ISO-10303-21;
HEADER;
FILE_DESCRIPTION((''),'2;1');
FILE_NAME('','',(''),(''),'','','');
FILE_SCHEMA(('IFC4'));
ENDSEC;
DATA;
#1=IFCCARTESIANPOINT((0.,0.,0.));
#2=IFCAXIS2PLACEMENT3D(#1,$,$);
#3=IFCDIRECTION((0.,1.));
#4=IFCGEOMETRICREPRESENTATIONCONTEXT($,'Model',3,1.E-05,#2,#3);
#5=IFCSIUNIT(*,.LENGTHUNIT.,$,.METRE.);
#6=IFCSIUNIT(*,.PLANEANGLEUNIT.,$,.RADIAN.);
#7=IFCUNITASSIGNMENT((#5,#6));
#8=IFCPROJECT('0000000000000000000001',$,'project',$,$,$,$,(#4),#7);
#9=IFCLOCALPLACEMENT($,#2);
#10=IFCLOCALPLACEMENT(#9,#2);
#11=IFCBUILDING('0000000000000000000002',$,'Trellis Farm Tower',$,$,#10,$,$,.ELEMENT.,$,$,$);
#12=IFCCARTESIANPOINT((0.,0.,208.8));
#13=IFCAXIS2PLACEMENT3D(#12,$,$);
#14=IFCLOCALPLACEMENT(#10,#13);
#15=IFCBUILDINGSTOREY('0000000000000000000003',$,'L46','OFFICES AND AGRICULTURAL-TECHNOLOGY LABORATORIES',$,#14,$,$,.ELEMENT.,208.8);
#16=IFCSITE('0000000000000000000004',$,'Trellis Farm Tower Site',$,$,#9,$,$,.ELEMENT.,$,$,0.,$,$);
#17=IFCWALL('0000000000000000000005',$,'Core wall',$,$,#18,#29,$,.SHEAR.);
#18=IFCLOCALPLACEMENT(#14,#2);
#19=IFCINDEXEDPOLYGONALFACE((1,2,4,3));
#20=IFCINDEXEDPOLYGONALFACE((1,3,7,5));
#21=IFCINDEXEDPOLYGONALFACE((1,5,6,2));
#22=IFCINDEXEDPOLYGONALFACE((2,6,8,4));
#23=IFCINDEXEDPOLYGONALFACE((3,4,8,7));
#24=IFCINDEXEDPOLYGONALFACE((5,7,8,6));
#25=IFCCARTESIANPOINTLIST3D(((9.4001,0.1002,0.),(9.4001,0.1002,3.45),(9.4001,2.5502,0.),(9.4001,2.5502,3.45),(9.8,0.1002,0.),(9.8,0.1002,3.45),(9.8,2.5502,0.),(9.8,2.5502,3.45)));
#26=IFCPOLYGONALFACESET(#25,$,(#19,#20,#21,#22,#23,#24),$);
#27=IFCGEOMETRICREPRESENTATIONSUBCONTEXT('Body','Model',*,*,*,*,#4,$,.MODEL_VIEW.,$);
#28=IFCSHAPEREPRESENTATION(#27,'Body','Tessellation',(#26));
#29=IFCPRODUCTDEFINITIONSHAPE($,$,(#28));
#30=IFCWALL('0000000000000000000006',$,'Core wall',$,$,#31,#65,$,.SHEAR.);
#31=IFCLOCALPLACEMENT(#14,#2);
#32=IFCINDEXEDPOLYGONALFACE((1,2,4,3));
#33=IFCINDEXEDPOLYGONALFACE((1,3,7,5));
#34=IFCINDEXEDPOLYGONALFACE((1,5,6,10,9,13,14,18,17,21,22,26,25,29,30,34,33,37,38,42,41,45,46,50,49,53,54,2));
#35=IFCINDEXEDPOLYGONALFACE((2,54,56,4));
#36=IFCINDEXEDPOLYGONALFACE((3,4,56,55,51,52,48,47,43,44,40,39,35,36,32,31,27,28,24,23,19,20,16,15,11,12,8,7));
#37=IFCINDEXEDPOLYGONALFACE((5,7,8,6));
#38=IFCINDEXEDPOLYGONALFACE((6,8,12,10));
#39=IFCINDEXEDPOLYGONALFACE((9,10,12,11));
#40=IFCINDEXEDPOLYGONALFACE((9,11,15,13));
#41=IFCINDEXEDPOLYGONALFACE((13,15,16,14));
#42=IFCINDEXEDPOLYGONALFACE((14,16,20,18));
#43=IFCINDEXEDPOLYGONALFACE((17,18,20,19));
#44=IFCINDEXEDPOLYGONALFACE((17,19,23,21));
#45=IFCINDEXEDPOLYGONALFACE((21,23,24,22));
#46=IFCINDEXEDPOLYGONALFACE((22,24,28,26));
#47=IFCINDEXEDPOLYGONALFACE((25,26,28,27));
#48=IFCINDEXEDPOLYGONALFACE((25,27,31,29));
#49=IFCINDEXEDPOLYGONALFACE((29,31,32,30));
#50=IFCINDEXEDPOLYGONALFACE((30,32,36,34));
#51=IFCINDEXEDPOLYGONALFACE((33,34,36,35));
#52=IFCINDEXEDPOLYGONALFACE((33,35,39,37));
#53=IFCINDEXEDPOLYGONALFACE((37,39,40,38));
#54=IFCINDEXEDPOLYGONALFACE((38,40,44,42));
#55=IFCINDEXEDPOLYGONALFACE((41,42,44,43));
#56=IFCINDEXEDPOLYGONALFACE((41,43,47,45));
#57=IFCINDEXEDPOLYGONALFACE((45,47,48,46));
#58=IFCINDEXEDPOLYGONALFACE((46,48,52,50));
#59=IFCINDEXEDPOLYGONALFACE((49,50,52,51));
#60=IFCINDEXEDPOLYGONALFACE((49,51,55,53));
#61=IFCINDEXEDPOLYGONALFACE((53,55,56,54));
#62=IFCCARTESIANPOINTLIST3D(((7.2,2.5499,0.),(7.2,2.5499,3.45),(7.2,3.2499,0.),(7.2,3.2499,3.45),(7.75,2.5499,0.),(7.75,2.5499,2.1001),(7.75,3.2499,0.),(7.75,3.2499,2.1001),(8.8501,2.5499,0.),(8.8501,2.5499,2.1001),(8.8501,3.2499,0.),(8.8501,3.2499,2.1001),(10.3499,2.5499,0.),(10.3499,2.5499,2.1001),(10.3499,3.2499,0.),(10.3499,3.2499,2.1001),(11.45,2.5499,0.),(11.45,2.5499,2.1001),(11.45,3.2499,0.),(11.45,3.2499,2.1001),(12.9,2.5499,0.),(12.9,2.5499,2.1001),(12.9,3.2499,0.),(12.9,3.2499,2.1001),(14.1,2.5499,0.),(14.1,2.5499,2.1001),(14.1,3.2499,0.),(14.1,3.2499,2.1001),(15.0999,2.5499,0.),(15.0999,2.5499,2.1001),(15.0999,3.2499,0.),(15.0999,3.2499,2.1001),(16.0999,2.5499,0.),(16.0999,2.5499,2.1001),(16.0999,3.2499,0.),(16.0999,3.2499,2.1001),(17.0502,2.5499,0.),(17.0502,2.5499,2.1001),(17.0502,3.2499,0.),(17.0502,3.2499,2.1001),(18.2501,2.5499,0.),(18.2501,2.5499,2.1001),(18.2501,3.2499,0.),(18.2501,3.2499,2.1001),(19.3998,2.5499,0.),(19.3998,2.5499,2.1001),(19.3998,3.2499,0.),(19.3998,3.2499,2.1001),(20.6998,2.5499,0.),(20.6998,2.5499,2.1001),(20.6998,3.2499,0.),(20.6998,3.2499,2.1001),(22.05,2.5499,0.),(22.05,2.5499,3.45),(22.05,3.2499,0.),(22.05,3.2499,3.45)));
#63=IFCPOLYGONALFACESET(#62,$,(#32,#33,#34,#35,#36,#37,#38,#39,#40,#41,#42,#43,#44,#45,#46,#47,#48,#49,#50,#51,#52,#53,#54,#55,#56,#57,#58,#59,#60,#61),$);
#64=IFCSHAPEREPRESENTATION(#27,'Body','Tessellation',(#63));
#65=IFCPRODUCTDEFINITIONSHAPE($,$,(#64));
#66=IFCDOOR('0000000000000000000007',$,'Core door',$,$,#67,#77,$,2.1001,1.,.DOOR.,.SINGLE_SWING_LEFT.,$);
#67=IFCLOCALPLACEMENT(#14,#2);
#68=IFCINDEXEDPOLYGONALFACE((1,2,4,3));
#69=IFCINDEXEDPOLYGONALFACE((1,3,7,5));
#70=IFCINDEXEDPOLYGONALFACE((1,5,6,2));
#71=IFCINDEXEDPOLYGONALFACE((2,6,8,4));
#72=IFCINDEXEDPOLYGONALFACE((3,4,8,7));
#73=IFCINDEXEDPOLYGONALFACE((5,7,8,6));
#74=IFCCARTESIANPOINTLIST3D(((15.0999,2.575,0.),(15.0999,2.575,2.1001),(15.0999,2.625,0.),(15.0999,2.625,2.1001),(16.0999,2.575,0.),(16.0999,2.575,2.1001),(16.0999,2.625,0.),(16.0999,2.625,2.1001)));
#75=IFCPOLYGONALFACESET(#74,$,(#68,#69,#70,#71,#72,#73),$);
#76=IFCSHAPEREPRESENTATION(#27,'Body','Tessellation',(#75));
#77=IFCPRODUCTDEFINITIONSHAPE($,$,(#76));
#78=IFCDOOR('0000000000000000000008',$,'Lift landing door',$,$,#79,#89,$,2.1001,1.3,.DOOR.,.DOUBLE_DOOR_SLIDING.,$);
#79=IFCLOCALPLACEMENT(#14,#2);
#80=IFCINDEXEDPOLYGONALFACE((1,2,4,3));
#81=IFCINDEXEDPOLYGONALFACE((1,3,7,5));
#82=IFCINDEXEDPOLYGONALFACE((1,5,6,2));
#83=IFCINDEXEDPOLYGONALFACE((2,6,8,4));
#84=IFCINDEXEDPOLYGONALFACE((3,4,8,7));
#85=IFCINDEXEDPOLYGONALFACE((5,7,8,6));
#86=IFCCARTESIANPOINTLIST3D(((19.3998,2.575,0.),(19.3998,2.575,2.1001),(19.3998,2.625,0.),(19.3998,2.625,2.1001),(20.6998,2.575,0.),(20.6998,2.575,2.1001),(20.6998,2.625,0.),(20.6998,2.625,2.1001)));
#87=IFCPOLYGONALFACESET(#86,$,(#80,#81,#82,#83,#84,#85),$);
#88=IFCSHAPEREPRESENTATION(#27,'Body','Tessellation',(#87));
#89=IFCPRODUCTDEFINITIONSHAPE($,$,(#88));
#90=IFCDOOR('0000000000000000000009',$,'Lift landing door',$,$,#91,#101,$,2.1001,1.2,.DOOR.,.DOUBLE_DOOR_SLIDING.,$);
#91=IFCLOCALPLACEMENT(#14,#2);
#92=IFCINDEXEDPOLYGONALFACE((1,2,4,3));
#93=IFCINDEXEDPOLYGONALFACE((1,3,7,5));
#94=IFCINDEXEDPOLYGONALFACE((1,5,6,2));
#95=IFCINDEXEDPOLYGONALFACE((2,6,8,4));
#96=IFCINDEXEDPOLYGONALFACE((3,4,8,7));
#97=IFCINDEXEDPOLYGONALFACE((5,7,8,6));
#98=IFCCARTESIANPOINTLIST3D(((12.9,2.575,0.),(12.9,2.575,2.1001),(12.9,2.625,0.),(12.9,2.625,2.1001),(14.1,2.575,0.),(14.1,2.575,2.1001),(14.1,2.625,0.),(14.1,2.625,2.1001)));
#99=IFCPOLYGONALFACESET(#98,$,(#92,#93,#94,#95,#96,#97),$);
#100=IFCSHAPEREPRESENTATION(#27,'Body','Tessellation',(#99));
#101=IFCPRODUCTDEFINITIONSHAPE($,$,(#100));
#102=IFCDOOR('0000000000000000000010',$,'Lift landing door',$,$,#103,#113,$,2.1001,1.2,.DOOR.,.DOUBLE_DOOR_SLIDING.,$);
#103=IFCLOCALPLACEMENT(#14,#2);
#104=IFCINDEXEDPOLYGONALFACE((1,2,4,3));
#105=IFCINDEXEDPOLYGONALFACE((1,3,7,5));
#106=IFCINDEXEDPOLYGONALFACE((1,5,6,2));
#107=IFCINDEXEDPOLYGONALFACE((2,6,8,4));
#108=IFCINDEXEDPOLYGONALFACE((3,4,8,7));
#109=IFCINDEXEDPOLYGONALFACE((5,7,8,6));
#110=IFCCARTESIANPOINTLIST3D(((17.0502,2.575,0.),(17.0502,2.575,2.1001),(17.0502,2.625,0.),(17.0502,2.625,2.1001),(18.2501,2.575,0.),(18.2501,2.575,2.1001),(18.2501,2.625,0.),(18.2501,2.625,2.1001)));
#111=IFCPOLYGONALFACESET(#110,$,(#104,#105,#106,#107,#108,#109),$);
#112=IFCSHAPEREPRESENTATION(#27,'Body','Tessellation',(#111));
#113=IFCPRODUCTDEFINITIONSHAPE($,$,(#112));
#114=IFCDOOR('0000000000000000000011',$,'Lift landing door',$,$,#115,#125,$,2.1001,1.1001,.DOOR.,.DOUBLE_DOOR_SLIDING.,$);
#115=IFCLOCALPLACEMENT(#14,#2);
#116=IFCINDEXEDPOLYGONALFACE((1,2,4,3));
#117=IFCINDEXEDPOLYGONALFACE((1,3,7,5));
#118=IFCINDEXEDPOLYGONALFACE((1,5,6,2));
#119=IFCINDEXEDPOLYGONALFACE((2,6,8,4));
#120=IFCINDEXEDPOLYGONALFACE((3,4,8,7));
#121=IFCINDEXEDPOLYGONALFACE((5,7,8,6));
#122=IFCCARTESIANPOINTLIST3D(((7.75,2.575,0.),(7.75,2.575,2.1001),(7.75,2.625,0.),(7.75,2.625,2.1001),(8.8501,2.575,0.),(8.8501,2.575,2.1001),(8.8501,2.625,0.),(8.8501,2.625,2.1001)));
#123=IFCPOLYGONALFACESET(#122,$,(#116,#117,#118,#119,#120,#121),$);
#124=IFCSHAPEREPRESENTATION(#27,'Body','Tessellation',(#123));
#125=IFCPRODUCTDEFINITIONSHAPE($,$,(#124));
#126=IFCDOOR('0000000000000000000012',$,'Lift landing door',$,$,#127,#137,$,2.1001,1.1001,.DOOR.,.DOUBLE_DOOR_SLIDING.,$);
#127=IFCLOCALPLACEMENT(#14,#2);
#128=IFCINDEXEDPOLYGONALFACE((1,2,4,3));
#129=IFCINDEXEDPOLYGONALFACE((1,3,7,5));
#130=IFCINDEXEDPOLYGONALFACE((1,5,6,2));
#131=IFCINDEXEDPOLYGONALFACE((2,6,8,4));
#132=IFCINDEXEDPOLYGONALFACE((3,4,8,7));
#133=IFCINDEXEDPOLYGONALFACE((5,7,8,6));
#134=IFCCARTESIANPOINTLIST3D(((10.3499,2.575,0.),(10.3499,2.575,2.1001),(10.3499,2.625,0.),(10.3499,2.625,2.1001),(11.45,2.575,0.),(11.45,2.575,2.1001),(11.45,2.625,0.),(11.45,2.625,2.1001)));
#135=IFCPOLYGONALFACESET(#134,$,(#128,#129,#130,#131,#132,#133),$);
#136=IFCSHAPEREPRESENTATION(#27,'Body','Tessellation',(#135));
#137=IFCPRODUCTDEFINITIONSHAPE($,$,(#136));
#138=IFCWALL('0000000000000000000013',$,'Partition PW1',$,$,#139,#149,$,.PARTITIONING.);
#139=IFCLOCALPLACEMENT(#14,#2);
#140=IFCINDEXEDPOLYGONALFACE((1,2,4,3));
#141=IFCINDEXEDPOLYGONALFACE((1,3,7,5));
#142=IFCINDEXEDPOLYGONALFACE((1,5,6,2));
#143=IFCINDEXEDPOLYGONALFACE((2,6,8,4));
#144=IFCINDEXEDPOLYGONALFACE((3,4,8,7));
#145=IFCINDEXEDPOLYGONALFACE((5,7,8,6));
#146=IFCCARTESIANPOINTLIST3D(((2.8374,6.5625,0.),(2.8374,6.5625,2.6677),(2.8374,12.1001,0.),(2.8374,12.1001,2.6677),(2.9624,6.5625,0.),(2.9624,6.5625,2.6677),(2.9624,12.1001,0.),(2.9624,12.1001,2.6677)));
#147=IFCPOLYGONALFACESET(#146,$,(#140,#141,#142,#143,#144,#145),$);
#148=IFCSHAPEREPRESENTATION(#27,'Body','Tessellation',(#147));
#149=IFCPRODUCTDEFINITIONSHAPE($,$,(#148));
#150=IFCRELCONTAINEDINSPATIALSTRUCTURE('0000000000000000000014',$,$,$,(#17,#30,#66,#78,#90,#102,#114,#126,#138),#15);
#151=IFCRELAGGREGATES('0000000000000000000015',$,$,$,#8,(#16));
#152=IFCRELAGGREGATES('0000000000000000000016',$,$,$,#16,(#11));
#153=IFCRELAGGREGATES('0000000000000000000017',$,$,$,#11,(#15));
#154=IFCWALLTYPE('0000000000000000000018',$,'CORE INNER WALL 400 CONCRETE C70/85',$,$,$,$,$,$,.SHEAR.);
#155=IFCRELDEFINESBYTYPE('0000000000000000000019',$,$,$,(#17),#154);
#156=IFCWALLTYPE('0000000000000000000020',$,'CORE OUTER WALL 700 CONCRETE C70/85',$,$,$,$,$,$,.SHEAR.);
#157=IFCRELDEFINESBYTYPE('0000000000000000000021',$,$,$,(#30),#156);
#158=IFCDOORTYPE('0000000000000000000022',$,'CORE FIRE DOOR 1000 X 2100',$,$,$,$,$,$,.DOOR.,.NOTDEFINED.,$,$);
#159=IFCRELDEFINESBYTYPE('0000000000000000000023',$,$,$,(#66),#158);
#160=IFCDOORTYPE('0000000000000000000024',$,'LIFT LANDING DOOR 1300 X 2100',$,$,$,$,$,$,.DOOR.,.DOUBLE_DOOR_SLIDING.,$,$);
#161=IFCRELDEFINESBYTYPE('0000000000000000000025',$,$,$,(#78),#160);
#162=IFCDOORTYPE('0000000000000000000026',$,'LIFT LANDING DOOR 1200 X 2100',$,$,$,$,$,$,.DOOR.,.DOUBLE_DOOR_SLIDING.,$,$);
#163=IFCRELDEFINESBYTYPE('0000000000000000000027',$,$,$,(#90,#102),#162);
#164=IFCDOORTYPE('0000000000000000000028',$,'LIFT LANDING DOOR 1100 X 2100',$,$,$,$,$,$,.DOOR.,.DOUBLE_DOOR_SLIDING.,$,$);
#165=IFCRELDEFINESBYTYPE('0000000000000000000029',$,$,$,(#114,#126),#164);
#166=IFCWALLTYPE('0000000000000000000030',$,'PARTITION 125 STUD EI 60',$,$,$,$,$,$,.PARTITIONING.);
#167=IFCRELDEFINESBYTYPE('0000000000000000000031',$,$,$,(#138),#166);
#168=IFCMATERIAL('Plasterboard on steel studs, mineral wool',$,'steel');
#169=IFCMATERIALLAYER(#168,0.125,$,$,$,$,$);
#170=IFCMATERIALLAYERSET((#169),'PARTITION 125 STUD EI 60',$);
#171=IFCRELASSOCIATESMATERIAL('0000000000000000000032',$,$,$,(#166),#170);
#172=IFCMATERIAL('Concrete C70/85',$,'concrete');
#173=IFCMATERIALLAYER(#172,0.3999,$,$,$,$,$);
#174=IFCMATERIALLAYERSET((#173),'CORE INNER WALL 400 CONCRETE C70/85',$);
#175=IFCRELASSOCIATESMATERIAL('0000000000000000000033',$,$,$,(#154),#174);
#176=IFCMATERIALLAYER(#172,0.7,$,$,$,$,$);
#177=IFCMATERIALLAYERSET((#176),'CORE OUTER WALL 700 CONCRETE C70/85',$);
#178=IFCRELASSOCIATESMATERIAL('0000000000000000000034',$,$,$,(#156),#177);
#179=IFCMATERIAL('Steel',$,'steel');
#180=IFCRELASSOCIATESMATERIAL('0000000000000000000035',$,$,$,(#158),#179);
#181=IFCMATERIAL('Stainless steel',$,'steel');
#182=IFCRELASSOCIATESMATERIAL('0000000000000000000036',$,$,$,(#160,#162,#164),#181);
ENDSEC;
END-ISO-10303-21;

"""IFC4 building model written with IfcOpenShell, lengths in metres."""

from ifc_helpers import new_model, si_unit, direction, frame, frame_2d, origin, place, context, subcontext, project, spatial, rectangle, extrude, source, transform, mapped, material, layer, layer_set, type_object, element, fill, save


model = new_model("IFC4")

# Units and contexts
model_context = context("Model", 3, precision=1e-05, world=origin(), true_north=direction((0.0, 1.0)))
body_context = subcontext(model_context, "Body", "Model", "MODEL_VIEW")
ifc_project = project(units=[si_unit("LENGTHUNIT", "METRE"), si_unit("PLANEANGLEUNIT", "RADIAN")], contexts=[model_context])

# Site, building, storey
site_placement = place(None, origin())
site = spatial("IfcSite", under=ifc_project, at=site_placement, Name="Trellis Farm Tower Site", CompositionType="ELEMENT", RefElevation=0.0)
building_placement = place(site_placement, origin())
building = spatial("IfcBuilding", under=site, at=building_placement, Name="Trellis Farm Tower", CompositionType="ELEMENT")
storey_placement = place(building_placement, frame((0.0, 0.0, 208.8)))
storey = spatial("IfcBuildingStorey", under=building, at=storey_placement, Name="L46", Description="OFFICES AND AGRICULTURAL-TECHNOLOGY LABORATORIES", CompositionType="ELEMENT", Elevation=208.8)

# Shared definitions
ifc_material_1 = material(Name="Concrete C70/85", Category="concrete")

# Shared definitions
ifc_material_2 = material(Name="Plasterboard on steel studs, mineral wool", Category="steel")
ifc_layer_1 = layer(ifc_material_2, 0.125)
ifc_layer_set_1 = layer_set([ifc_layer_1], Name="PARTITION 125 STUD EI 60")
wall_type_1 = type_object("IfcWallType", Name="PARTITION 125 STUD EI 60", PredefinedType="PARTITIONING", material=ifc_layer_set_1)

# Wall
ifc_layer_2 = layer(ifc_material_1, 0.3999)
ifc_layer_set_2 = layer_set([ifc_layer_2], Name="CORE INNER WALL 400 CONCRETE C70/85")
wall_type_2 = type_object("IfcWallType", Name="CORE INNER WALL 400 CONCRETE C70/85", PredefinedType="SHEAR", material=ifc_layer_set_2)
shared_shape_1 = source(origin(), body_context, "Body", "SweptSolid", [
    extrude(rectangle(XDim=2.45, YDim=0.3999, at=frame_2d((1.2251, 0.0))), origin(), (0.0, 0.0, 1.0), 3.45),
])
wall_1_placement = place(storey_placement, frame((9.6001, 0.1001, 0.0), z_axis=(0.0, 0.0, 1.0), x_axis=(0.0, 1.0, 0.0)))
element("IfcWall", 1, at=wall_1_placement, inside=storey, type_object=wall_type_2, Name="Core wall", PredefinedType="SHEAR", context=body_context, shape_type="MappedRepresentation", body=[
    mapped(shared_shape_1, transform((0.0, 0.0, 0.0))),
])

# Wall, openings, doors
ifc_layer_3 = layer(ifc_material_1, 0.7)
ifc_layer_set_3 = layer_set([ifc_layer_3], Name="CORE OUTER WALL 700 CONCRETE C70/85")
wall_type_3 = type_object("IfcWallType", Name="CORE OUTER WALL 700 CONCRETE C70/85", PredefinedType="SHEAR", material=ifc_layer_set_3)
shared_shape_2 = source(origin(), body_context, "Body", "SweptSolid", [
    extrude(rectangle(XDim=14.8501, YDim=0.7, at=frame_2d((7.425, 0.0))), origin(), (0.0, 0.0, 1.0), 3.45),
])
wall_2_placement = place(storey_placement, frame((7.2, 2.8999, 0.0), z_axis=(0.0, 0.0, 1.0), x_axis=(1.0, 0.0, 0.0)))
wall_2 = element("IfcWall", 2, at=wall_2_placement, inside=storey, type_object=wall_type_3, Name="Core wall", PredefinedType="SHEAR", context=body_context, shape_type="MappedRepresentation", body=[
    mapped(shared_shape_2, transform((0.0, 0.0, 0.0))),
])
shared_shape_3 = source(origin(), body_context, "Body", "SweptSolid", [
    extrude(rectangle(XDim=1.1001, YDim=2.1001, at=frame_2d((0.55, 1.05))), frame((0.0, 0.3601, 0.0), z_axis=(0.0, -1.0, 0.0), x_axis=(1.0, 0.0, 0.0)), (0.0, 0.0, 1.0), 0.7202),
])
opening_1_placement = place(wall_2_placement, frame((0.55, 0.0, 0.0)))
opening_1 = element("IfcOpeningElement", 3, at=opening_1_placement, cuts=wall_2, PredefinedType="OPENING", context=body_context, shape_type="MappedRepresentation", body=[
    mapped(shared_shape_3, transform((0.0, 0.0, 0.0))),
])
opening_2_placement = place(wall_2_placement, frame((3.1499, 0.0, 0.0)))
opening_2 = element("IfcOpeningElement", 4, at=opening_2_placement, cuts=wall_2, PredefinedType="OPENING", context=body_context, shape_type="MappedRepresentation", body=[
    mapped(shared_shape_3, transform((0.0, 0.0, 0.0))),
])
shared_shape_4 = source(origin(), body_context, "Body", "SweptSolid", [
    extrude(rectangle(XDim=1.2, YDim=2.1001, at=frame_2d((0.6001, 1.05))), frame((0.0, 0.3601, 0.0), z_axis=(0.0, -1.0, 0.0), x_axis=(1.0, 0.0, 0.0)), (0.0, 0.0, 1.0), 0.7202),
])
opening_3_placement = place(wall_2_placement, frame((5.7, 0.0, 0.0)))
opening_3 = element("IfcOpeningElement", 5, at=opening_3_placement, cuts=wall_2, PredefinedType="OPENING", context=body_context, shape_type="MappedRepresentation", body=[
    mapped(shared_shape_4, transform((0.0, 0.0, 0.0))),
])
shared_shape_5 = source(origin(), body_context, "Body", "SweptSolid", [
    extrude(rectangle(XDim=1.3, YDim=2.1001, at=frame_2d((0.6499, 1.05))), frame((0.0, 0.3601, 0.0), z_axis=(0.0, -1.0, 0.0), x_axis=(1.0, 0.0, 0.0)), (0.0, 0.0, 1.0), 0.7202),
])
opening_4_placement = place(wall_2_placement, frame((12.2, 0.0, 0.0)))
opening_4 = element("IfcOpeningElement", 6, at=opening_4_placement, cuts=wall_2, PredefinedType="OPENING", context=body_context, shape_type="MappedRepresentation", body=[
    mapped(shared_shape_5, transform((0.0, 0.0, 0.0))),
])
opening_5_placement = place(wall_2_placement, frame((9.8501, 0.0, 0.0)))
opening_5 = element("IfcOpeningElement", 7, at=opening_5_placement, cuts=wall_2, PredefinedType="OPENING", context=body_context, shape_type="MappedRepresentation", body=[
    mapped(shared_shape_4, transform((0.0, 0.0, 0.0))),
])
shared_shape_6 = source(origin(), body_context, "Body", "SweptSolid", [
    extrude(rectangle(XDim=1.0, YDim=2.1001, at=frame_2d((0.5, 1.05))), frame((0.0, 0.3601, 0.0), z_axis=(0.0, -1.0, 0.0), x_axis=(1.0, 0.0, 0.0)), (0.0, 0.0, 1.0), 0.7202),
])
opening_6_placement = place(wall_2_placement, frame((7.8999, 0.0, 0.0)))
opening_6 = element("IfcOpeningElement", 8, at=opening_6_placement, cuts=wall_2, PredefinedType="OPENING", context=body_context, shape_type="MappedRepresentation", body=[
    mapped(shared_shape_6, transform((0.0, 0.0, 0.0))),
])
ifc_material_3 = material(Name="Steel", Category="steel")
door_type_1 = type_object("IfcDoorType", Name="CORE FIRE DOOR 1000 X 2100", OperationType="NOTDEFINED", PredefinedType="DOOR", material=ifc_material_3)
shared_shape_7 = source(origin(), body_context, "Body", "SweptSolid", [
    extrude(rectangle(XDim=1.0, YDim=2.1001, at=frame_2d((0.5, 1.05))), frame((0.0, -0.2749, 0.0), z_axis=(0.0, -1.0, 0.0), x_axis=(1.0, 0.0, 0.0)), (0.0, 0.0, 1.0), 0.05),
])
door_1_placement = place(opening_6_placement, origin())
door_1 = element("IfcDoor", 9, at=door_1_placement, inside=storey, type_object=door_type_1, Name="Core door", OperationType="SINGLE_SWING_LEFT", OverallHeight=2.1001, OverallWidth=1.0, PredefinedType="DOOR", context=body_context, shape_type="MappedRepresentation", body=[
    mapped(shared_shape_7, transform((0.0, 0.0, 0.0))),
])
fill(opening_6, door_1)
ifc_material_4 = material(Name="Stainless steel", Category="steel")
door_type_2 = type_object("IfcDoorType", Name="LIFT LANDING DOOR 1300 X 2100", OperationType="DOUBLE_DOOR_SLIDING", PredefinedType="DOOR", material=ifc_material_4)
shared_shape_8 = source(origin(), body_context, "Body", "SweptSolid", [
    extrude(rectangle(XDim=1.3, YDim=2.1001, at=frame_2d((0.6499, 1.05))), frame((0.0, -0.2749, 0.0), z_axis=(0.0, -1.0, 0.0), x_axis=(1.0, 0.0, 0.0)), (0.0, 0.0, 1.0), 0.05),
])
door_2_placement = place(opening_4_placement, origin())
door_2 = element("IfcDoor", 10, at=door_2_placement, inside=storey, type_object=door_type_2, Name="Lift landing door", OperationType="DOUBLE_DOOR_SLIDING", OverallHeight=2.1001, OverallWidth=1.3, PredefinedType="DOOR", context=body_context, shape_type="MappedRepresentation", body=[
    mapped(shared_shape_8, transform((0.0, 0.0, 0.0))),
])
fill(opening_4, door_2)
door_type_3 = type_object("IfcDoorType", Name="LIFT LANDING DOOR 1200 X 2100", OperationType="DOUBLE_DOOR_SLIDING", PredefinedType="DOOR", material=ifc_material_4)
shared_shape_9 = source(origin(), body_context, "Body", "SweptSolid", [
    extrude(rectangle(XDim=1.2, YDim=2.1001, at=frame_2d((0.6001, 1.05))), frame((0.0, -0.2749, 0.0), z_axis=(0.0, -1.0, 0.0), x_axis=(1.0, 0.0, 0.0)), (0.0, 0.0, 1.0), 0.05),
])
door_3_placement = place(opening_3_placement, origin())
door_3 = element("IfcDoor", 11, at=door_3_placement, inside=storey, type_object=door_type_3, Name="Lift landing door", OperationType="DOUBLE_DOOR_SLIDING", OverallHeight=2.1001, OverallWidth=1.2, PredefinedType="DOOR", context=body_context, shape_type="MappedRepresentation", body=[
    mapped(shared_shape_9, transform((0.0, 0.0, 0.0))),
])
fill(opening_3, door_3)
door_4_placement = place(opening_5_placement, origin())
door_4 = element("IfcDoor", 12, at=door_4_placement, inside=storey, type_object=door_type_3, Name="Lift landing door", OperationType="DOUBLE_DOOR_SLIDING", OverallHeight=2.1001, OverallWidth=1.2, PredefinedType="DOOR", context=body_context, shape_type="MappedRepresentation", body=[
    mapped(shared_shape_9, transform((0.0, 0.0, 0.0))),
])
fill(opening_5, door_4)
door_type_4 = type_object("IfcDoorType", Name="LIFT LANDING DOOR 1100 X 2100", OperationType="DOUBLE_DOOR_SLIDING", PredefinedType="DOOR", material=ifc_material_4)
shared_shape_10 = source(origin(), body_context, "Body", "SweptSolid", [
    extrude(rectangle(XDim=1.1001, YDim=2.1001, at=frame_2d((0.55, 1.05))), frame((0.0, -0.2749, 0.0), z_axis=(0.0, -1.0, 0.0), x_axis=(1.0, 0.0, 0.0)), (0.0, 0.0, 1.0), 0.05),
])
door_5_placement = place(opening_1_placement, origin())
door_5 = element("IfcDoor", 13, at=door_5_placement, inside=storey, type_object=door_type_4, Name="Lift landing door", OperationType="DOUBLE_DOOR_SLIDING", OverallHeight=2.1001, OverallWidth=1.1001, PredefinedType="DOOR", context=body_context, shape_type="MappedRepresentation", body=[
    mapped(shared_shape_10, transform((0.0, 0.0, 0.0))),
])
fill(opening_1, door_5)
door_6_placement = place(opening_2_placement, origin())
door_6 = element("IfcDoor", 14, at=door_6_placement, inside=storey, type_object=door_type_4, Name="Lift landing door", OperationType="DOUBLE_DOOR_SLIDING", OverallHeight=2.1001, OverallWidth=1.1001, PredefinedType="DOOR", context=body_context, shape_type="MappedRepresentation", body=[
    mapped(shared_shape_10, transform((0.0, 0.0, 0.0))),
])
fill(opening_2, door_6)

# Wall
shared_shape_11 = source(origin(), body_context, "Body", "SweptSolid", [
    extrude(rectangle(XDim=5.5376, YDim=0.125, at=frame_2d((2.7688, 0.0))), origin(), (0.0, 0.0, 1.0), 2.6677),
])
wall_3_placement = place(storey_placement, frame((2.8999, 12.1001, 0.0), z_axis=(0.0, 0.0, 1.0), x_axis=(0.0, -1.0, 0.0)))
element("IfcWall", 15, at=wall_3_placement, inside=storey, type_object=wall_type_1, Name="Partition PW1", PredefinedType="PARTITIONING", context=body_context, shape_type="MappedRepresentation", body=[
    mapped(shared_shape_11, transform((0.0, 0.0, 0.0))),
])

save(model, "model.ifc")
